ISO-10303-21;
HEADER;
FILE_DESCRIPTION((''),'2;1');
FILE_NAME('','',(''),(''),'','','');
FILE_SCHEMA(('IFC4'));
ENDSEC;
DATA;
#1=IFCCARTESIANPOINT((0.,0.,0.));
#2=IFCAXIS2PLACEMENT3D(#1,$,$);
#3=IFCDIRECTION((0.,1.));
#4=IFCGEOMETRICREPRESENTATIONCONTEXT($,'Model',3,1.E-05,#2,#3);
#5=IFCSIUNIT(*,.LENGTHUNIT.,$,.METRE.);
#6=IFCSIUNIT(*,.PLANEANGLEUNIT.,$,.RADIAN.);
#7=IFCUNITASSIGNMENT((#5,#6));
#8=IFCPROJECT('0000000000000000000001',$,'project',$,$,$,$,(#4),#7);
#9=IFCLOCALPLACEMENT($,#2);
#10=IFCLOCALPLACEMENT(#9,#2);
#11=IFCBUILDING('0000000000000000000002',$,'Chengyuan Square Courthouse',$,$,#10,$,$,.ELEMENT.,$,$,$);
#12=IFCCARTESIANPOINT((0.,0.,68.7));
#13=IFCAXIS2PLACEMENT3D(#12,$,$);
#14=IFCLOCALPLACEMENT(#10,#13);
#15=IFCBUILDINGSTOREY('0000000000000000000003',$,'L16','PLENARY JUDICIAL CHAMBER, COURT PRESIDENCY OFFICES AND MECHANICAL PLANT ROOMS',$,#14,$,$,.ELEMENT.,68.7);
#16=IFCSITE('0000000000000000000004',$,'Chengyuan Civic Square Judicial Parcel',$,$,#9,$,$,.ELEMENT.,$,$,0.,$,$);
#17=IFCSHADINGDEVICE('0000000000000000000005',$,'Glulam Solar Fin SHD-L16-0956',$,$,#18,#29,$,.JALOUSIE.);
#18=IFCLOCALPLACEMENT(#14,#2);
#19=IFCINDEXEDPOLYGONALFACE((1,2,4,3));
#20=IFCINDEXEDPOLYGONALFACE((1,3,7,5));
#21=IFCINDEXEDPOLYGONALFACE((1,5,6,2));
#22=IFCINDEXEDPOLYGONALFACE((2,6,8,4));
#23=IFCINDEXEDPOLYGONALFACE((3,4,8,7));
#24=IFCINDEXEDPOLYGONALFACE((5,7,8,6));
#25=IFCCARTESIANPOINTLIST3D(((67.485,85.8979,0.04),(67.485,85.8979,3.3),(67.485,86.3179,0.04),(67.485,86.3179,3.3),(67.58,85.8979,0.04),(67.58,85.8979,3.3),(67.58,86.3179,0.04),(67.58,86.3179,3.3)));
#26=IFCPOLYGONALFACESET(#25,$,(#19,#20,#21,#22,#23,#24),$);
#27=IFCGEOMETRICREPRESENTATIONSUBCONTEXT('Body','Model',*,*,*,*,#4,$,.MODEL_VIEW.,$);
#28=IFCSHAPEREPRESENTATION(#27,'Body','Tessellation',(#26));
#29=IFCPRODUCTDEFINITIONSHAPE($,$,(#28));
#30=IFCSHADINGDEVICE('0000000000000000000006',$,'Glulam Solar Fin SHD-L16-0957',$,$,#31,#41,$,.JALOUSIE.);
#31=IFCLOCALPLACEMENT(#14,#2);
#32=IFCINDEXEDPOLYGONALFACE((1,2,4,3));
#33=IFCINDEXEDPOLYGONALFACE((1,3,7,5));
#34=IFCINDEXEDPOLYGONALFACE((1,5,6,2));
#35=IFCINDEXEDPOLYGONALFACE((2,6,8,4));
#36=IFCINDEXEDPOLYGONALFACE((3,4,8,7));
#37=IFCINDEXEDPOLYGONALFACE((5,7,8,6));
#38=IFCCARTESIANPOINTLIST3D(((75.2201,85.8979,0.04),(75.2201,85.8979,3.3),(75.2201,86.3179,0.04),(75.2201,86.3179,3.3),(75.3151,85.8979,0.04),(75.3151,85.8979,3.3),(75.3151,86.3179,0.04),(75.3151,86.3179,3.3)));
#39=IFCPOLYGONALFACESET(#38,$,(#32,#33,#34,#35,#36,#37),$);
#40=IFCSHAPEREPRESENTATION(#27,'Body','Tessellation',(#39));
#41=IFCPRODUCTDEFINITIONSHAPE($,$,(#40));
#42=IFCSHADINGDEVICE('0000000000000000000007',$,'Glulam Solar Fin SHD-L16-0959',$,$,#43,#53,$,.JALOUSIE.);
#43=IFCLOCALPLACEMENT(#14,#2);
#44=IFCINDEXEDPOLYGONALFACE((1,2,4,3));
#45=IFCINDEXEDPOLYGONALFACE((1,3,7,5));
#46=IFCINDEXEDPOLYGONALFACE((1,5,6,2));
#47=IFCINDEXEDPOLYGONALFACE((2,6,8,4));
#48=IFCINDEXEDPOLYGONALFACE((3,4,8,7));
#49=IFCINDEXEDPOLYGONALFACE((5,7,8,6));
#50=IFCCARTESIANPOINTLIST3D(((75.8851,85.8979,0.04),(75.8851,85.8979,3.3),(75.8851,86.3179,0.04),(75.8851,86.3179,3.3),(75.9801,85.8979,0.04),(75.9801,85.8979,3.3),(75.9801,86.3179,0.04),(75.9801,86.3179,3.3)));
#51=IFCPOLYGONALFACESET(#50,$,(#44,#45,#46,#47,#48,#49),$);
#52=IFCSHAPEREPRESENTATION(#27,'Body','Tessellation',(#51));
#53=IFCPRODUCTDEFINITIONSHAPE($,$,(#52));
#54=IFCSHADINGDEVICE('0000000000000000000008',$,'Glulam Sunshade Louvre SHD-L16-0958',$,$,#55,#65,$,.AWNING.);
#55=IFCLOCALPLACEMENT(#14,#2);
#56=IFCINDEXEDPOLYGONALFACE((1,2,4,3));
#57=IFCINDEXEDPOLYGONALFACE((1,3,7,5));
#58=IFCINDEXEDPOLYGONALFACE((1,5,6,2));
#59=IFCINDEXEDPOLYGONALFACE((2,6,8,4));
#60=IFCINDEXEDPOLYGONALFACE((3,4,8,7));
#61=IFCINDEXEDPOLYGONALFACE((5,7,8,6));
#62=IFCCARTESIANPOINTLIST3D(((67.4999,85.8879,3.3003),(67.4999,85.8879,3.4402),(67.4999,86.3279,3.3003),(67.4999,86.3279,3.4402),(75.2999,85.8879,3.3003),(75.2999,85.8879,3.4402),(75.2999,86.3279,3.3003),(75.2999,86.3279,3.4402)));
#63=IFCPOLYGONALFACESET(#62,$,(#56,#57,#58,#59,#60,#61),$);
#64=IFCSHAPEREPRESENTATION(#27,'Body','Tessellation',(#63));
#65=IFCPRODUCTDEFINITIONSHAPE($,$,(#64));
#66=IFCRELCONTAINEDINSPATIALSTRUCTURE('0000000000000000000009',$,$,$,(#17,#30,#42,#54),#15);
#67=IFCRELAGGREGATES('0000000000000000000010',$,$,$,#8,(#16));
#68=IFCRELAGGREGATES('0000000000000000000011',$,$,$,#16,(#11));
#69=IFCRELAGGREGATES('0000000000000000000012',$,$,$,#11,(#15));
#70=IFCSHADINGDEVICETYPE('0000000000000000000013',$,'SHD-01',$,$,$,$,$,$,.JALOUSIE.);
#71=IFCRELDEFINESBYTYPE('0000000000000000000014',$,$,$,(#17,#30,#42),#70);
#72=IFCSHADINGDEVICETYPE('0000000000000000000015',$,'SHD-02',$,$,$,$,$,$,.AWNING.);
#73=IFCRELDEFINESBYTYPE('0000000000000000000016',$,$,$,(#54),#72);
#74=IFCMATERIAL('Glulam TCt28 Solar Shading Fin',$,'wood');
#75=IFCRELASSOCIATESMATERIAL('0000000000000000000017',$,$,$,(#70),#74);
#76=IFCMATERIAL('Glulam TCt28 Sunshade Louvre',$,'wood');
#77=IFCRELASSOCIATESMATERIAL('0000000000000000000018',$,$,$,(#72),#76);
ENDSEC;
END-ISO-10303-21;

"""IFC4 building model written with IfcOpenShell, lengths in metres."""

from ifc_helpers import new_model, si_unit, direction, frame, origin, origin_2d, place, context, subcontext, project, spatial, rectangle, extrude, material, type_object, element, save


model = new_model("IFC4")

# Units and contexts
model_context = context("Model", 3, precision=1e-05, world=origin(), true_north=direction((0.0, 1.0)))
body_context = subcontext(model_context, "Body", "Model", "MODEL_VIEW")
ifc_project = project(units=[si_unit("LENGTHUNIT", "METRE"), si_unit("PLANEANGLEUNIT", "RADIAN")], contexts=[model_context])

# Site, building, storey
site_placement = place(None, origin())
site = spatial("IfcSite", under=ifc_project, at=site_placement, Name="Chengyuan Civic Square Judicial Parcel", CompositionType="ELEMENT", RefElevation=0.0)
building_placement = place(site_placement, origin())
building = spatial("IfcBuilding", under=site, at=building_placement, Name="Chengyuan Square Courthouse", CompositionType="ELEMENT")
storey_placement = place(building_placement, frame((0.0, 0.0, 68.7)))
storey = spatial("IfcBuildingStorey", under=building, at=storey_placement, Name="L16", Description="PLENARY JUDICIAL CHAMBER, COURT PRESIDENCY OFFICES AND MECHANICAL PLANT ROOMS", CompositionType="ELEMENT", Elevation=68.7)

# Shading devices
ifc_material_1 = material(Name="Glulam TCt28 Solar Shading Fin", Category="wood")
shading_device_type_1 = type_object("IfcShadingDeviceType", Name="SHD-01", PredefinedType="JALOUSIE", material=ifc_material_1)
for number, where, z_axis, x_axis, name in (
    (1, (67.5325, 86.1079, 0.04), (0.0, 0.0, 1.0), (0.0, 1.0, 0.0), "Glulam Solar Fin SHD-L16-0956"),
    (2, (75.2676, 86.1079, 0.04), (0.0, 0.0, 1.0), (0.0, 1.0, 0.0), "Glulam Solar Fin SHD-L16-0957"),
    (3, (75.9326, 86.1079, 0.04), (0.0, 0.0, 1.0), (0.0, 1.0, 0.0), "Glulam Solar Fin SHD-L16-0959"),
):
    element("IfcShadingDevice", number, at=place(storey_placement, frame(where, z_axis=z_axis, x_axis=x_axis)), inside=storey, type_object=shading_device_type_1, Name=name, PredefinedType="JALOUSIE", context=body_context, shape_type="SweptSolid", body=[
        extrude(rectangle(XDim=0.4199, YDim=0.095, at=origin_2d()), origin(), (0.0, 0.0, 1.0), 3.26),
    ])
ifc_material_2 = material(Name="Glulam TCt28 Sunshade Louvre", Category="wood")
shading_device_type_2 = type_object("IfcShadingDeviceType", Name="SHD-02", PredefinedType="AWNING", material=ifc_material_2)
shading_device_placement = place(storey_placement, frame((71.3999, 86.1079, 3.3003), z_axis=(0.0, 0.0, 1.0), x_axis=(1.0, 0.0, 0.0)))
element("IfcShadingDevice", 4, at=shading_device_placement, inside=storey, type_object=shading_device_type_2, Name="Glulam Sunshade Louvre SHD-L16-0958", PredefinedType="AWNING", context=body_context, shape_type="SweptSolid", body=[
    extrude(rectangle(XDim=7.8, YDim=0.4399, at=origin_2d()), origin(), (0.0, 0.0, 1.0), 0.1399),
])

save(model, "model.ifc")
